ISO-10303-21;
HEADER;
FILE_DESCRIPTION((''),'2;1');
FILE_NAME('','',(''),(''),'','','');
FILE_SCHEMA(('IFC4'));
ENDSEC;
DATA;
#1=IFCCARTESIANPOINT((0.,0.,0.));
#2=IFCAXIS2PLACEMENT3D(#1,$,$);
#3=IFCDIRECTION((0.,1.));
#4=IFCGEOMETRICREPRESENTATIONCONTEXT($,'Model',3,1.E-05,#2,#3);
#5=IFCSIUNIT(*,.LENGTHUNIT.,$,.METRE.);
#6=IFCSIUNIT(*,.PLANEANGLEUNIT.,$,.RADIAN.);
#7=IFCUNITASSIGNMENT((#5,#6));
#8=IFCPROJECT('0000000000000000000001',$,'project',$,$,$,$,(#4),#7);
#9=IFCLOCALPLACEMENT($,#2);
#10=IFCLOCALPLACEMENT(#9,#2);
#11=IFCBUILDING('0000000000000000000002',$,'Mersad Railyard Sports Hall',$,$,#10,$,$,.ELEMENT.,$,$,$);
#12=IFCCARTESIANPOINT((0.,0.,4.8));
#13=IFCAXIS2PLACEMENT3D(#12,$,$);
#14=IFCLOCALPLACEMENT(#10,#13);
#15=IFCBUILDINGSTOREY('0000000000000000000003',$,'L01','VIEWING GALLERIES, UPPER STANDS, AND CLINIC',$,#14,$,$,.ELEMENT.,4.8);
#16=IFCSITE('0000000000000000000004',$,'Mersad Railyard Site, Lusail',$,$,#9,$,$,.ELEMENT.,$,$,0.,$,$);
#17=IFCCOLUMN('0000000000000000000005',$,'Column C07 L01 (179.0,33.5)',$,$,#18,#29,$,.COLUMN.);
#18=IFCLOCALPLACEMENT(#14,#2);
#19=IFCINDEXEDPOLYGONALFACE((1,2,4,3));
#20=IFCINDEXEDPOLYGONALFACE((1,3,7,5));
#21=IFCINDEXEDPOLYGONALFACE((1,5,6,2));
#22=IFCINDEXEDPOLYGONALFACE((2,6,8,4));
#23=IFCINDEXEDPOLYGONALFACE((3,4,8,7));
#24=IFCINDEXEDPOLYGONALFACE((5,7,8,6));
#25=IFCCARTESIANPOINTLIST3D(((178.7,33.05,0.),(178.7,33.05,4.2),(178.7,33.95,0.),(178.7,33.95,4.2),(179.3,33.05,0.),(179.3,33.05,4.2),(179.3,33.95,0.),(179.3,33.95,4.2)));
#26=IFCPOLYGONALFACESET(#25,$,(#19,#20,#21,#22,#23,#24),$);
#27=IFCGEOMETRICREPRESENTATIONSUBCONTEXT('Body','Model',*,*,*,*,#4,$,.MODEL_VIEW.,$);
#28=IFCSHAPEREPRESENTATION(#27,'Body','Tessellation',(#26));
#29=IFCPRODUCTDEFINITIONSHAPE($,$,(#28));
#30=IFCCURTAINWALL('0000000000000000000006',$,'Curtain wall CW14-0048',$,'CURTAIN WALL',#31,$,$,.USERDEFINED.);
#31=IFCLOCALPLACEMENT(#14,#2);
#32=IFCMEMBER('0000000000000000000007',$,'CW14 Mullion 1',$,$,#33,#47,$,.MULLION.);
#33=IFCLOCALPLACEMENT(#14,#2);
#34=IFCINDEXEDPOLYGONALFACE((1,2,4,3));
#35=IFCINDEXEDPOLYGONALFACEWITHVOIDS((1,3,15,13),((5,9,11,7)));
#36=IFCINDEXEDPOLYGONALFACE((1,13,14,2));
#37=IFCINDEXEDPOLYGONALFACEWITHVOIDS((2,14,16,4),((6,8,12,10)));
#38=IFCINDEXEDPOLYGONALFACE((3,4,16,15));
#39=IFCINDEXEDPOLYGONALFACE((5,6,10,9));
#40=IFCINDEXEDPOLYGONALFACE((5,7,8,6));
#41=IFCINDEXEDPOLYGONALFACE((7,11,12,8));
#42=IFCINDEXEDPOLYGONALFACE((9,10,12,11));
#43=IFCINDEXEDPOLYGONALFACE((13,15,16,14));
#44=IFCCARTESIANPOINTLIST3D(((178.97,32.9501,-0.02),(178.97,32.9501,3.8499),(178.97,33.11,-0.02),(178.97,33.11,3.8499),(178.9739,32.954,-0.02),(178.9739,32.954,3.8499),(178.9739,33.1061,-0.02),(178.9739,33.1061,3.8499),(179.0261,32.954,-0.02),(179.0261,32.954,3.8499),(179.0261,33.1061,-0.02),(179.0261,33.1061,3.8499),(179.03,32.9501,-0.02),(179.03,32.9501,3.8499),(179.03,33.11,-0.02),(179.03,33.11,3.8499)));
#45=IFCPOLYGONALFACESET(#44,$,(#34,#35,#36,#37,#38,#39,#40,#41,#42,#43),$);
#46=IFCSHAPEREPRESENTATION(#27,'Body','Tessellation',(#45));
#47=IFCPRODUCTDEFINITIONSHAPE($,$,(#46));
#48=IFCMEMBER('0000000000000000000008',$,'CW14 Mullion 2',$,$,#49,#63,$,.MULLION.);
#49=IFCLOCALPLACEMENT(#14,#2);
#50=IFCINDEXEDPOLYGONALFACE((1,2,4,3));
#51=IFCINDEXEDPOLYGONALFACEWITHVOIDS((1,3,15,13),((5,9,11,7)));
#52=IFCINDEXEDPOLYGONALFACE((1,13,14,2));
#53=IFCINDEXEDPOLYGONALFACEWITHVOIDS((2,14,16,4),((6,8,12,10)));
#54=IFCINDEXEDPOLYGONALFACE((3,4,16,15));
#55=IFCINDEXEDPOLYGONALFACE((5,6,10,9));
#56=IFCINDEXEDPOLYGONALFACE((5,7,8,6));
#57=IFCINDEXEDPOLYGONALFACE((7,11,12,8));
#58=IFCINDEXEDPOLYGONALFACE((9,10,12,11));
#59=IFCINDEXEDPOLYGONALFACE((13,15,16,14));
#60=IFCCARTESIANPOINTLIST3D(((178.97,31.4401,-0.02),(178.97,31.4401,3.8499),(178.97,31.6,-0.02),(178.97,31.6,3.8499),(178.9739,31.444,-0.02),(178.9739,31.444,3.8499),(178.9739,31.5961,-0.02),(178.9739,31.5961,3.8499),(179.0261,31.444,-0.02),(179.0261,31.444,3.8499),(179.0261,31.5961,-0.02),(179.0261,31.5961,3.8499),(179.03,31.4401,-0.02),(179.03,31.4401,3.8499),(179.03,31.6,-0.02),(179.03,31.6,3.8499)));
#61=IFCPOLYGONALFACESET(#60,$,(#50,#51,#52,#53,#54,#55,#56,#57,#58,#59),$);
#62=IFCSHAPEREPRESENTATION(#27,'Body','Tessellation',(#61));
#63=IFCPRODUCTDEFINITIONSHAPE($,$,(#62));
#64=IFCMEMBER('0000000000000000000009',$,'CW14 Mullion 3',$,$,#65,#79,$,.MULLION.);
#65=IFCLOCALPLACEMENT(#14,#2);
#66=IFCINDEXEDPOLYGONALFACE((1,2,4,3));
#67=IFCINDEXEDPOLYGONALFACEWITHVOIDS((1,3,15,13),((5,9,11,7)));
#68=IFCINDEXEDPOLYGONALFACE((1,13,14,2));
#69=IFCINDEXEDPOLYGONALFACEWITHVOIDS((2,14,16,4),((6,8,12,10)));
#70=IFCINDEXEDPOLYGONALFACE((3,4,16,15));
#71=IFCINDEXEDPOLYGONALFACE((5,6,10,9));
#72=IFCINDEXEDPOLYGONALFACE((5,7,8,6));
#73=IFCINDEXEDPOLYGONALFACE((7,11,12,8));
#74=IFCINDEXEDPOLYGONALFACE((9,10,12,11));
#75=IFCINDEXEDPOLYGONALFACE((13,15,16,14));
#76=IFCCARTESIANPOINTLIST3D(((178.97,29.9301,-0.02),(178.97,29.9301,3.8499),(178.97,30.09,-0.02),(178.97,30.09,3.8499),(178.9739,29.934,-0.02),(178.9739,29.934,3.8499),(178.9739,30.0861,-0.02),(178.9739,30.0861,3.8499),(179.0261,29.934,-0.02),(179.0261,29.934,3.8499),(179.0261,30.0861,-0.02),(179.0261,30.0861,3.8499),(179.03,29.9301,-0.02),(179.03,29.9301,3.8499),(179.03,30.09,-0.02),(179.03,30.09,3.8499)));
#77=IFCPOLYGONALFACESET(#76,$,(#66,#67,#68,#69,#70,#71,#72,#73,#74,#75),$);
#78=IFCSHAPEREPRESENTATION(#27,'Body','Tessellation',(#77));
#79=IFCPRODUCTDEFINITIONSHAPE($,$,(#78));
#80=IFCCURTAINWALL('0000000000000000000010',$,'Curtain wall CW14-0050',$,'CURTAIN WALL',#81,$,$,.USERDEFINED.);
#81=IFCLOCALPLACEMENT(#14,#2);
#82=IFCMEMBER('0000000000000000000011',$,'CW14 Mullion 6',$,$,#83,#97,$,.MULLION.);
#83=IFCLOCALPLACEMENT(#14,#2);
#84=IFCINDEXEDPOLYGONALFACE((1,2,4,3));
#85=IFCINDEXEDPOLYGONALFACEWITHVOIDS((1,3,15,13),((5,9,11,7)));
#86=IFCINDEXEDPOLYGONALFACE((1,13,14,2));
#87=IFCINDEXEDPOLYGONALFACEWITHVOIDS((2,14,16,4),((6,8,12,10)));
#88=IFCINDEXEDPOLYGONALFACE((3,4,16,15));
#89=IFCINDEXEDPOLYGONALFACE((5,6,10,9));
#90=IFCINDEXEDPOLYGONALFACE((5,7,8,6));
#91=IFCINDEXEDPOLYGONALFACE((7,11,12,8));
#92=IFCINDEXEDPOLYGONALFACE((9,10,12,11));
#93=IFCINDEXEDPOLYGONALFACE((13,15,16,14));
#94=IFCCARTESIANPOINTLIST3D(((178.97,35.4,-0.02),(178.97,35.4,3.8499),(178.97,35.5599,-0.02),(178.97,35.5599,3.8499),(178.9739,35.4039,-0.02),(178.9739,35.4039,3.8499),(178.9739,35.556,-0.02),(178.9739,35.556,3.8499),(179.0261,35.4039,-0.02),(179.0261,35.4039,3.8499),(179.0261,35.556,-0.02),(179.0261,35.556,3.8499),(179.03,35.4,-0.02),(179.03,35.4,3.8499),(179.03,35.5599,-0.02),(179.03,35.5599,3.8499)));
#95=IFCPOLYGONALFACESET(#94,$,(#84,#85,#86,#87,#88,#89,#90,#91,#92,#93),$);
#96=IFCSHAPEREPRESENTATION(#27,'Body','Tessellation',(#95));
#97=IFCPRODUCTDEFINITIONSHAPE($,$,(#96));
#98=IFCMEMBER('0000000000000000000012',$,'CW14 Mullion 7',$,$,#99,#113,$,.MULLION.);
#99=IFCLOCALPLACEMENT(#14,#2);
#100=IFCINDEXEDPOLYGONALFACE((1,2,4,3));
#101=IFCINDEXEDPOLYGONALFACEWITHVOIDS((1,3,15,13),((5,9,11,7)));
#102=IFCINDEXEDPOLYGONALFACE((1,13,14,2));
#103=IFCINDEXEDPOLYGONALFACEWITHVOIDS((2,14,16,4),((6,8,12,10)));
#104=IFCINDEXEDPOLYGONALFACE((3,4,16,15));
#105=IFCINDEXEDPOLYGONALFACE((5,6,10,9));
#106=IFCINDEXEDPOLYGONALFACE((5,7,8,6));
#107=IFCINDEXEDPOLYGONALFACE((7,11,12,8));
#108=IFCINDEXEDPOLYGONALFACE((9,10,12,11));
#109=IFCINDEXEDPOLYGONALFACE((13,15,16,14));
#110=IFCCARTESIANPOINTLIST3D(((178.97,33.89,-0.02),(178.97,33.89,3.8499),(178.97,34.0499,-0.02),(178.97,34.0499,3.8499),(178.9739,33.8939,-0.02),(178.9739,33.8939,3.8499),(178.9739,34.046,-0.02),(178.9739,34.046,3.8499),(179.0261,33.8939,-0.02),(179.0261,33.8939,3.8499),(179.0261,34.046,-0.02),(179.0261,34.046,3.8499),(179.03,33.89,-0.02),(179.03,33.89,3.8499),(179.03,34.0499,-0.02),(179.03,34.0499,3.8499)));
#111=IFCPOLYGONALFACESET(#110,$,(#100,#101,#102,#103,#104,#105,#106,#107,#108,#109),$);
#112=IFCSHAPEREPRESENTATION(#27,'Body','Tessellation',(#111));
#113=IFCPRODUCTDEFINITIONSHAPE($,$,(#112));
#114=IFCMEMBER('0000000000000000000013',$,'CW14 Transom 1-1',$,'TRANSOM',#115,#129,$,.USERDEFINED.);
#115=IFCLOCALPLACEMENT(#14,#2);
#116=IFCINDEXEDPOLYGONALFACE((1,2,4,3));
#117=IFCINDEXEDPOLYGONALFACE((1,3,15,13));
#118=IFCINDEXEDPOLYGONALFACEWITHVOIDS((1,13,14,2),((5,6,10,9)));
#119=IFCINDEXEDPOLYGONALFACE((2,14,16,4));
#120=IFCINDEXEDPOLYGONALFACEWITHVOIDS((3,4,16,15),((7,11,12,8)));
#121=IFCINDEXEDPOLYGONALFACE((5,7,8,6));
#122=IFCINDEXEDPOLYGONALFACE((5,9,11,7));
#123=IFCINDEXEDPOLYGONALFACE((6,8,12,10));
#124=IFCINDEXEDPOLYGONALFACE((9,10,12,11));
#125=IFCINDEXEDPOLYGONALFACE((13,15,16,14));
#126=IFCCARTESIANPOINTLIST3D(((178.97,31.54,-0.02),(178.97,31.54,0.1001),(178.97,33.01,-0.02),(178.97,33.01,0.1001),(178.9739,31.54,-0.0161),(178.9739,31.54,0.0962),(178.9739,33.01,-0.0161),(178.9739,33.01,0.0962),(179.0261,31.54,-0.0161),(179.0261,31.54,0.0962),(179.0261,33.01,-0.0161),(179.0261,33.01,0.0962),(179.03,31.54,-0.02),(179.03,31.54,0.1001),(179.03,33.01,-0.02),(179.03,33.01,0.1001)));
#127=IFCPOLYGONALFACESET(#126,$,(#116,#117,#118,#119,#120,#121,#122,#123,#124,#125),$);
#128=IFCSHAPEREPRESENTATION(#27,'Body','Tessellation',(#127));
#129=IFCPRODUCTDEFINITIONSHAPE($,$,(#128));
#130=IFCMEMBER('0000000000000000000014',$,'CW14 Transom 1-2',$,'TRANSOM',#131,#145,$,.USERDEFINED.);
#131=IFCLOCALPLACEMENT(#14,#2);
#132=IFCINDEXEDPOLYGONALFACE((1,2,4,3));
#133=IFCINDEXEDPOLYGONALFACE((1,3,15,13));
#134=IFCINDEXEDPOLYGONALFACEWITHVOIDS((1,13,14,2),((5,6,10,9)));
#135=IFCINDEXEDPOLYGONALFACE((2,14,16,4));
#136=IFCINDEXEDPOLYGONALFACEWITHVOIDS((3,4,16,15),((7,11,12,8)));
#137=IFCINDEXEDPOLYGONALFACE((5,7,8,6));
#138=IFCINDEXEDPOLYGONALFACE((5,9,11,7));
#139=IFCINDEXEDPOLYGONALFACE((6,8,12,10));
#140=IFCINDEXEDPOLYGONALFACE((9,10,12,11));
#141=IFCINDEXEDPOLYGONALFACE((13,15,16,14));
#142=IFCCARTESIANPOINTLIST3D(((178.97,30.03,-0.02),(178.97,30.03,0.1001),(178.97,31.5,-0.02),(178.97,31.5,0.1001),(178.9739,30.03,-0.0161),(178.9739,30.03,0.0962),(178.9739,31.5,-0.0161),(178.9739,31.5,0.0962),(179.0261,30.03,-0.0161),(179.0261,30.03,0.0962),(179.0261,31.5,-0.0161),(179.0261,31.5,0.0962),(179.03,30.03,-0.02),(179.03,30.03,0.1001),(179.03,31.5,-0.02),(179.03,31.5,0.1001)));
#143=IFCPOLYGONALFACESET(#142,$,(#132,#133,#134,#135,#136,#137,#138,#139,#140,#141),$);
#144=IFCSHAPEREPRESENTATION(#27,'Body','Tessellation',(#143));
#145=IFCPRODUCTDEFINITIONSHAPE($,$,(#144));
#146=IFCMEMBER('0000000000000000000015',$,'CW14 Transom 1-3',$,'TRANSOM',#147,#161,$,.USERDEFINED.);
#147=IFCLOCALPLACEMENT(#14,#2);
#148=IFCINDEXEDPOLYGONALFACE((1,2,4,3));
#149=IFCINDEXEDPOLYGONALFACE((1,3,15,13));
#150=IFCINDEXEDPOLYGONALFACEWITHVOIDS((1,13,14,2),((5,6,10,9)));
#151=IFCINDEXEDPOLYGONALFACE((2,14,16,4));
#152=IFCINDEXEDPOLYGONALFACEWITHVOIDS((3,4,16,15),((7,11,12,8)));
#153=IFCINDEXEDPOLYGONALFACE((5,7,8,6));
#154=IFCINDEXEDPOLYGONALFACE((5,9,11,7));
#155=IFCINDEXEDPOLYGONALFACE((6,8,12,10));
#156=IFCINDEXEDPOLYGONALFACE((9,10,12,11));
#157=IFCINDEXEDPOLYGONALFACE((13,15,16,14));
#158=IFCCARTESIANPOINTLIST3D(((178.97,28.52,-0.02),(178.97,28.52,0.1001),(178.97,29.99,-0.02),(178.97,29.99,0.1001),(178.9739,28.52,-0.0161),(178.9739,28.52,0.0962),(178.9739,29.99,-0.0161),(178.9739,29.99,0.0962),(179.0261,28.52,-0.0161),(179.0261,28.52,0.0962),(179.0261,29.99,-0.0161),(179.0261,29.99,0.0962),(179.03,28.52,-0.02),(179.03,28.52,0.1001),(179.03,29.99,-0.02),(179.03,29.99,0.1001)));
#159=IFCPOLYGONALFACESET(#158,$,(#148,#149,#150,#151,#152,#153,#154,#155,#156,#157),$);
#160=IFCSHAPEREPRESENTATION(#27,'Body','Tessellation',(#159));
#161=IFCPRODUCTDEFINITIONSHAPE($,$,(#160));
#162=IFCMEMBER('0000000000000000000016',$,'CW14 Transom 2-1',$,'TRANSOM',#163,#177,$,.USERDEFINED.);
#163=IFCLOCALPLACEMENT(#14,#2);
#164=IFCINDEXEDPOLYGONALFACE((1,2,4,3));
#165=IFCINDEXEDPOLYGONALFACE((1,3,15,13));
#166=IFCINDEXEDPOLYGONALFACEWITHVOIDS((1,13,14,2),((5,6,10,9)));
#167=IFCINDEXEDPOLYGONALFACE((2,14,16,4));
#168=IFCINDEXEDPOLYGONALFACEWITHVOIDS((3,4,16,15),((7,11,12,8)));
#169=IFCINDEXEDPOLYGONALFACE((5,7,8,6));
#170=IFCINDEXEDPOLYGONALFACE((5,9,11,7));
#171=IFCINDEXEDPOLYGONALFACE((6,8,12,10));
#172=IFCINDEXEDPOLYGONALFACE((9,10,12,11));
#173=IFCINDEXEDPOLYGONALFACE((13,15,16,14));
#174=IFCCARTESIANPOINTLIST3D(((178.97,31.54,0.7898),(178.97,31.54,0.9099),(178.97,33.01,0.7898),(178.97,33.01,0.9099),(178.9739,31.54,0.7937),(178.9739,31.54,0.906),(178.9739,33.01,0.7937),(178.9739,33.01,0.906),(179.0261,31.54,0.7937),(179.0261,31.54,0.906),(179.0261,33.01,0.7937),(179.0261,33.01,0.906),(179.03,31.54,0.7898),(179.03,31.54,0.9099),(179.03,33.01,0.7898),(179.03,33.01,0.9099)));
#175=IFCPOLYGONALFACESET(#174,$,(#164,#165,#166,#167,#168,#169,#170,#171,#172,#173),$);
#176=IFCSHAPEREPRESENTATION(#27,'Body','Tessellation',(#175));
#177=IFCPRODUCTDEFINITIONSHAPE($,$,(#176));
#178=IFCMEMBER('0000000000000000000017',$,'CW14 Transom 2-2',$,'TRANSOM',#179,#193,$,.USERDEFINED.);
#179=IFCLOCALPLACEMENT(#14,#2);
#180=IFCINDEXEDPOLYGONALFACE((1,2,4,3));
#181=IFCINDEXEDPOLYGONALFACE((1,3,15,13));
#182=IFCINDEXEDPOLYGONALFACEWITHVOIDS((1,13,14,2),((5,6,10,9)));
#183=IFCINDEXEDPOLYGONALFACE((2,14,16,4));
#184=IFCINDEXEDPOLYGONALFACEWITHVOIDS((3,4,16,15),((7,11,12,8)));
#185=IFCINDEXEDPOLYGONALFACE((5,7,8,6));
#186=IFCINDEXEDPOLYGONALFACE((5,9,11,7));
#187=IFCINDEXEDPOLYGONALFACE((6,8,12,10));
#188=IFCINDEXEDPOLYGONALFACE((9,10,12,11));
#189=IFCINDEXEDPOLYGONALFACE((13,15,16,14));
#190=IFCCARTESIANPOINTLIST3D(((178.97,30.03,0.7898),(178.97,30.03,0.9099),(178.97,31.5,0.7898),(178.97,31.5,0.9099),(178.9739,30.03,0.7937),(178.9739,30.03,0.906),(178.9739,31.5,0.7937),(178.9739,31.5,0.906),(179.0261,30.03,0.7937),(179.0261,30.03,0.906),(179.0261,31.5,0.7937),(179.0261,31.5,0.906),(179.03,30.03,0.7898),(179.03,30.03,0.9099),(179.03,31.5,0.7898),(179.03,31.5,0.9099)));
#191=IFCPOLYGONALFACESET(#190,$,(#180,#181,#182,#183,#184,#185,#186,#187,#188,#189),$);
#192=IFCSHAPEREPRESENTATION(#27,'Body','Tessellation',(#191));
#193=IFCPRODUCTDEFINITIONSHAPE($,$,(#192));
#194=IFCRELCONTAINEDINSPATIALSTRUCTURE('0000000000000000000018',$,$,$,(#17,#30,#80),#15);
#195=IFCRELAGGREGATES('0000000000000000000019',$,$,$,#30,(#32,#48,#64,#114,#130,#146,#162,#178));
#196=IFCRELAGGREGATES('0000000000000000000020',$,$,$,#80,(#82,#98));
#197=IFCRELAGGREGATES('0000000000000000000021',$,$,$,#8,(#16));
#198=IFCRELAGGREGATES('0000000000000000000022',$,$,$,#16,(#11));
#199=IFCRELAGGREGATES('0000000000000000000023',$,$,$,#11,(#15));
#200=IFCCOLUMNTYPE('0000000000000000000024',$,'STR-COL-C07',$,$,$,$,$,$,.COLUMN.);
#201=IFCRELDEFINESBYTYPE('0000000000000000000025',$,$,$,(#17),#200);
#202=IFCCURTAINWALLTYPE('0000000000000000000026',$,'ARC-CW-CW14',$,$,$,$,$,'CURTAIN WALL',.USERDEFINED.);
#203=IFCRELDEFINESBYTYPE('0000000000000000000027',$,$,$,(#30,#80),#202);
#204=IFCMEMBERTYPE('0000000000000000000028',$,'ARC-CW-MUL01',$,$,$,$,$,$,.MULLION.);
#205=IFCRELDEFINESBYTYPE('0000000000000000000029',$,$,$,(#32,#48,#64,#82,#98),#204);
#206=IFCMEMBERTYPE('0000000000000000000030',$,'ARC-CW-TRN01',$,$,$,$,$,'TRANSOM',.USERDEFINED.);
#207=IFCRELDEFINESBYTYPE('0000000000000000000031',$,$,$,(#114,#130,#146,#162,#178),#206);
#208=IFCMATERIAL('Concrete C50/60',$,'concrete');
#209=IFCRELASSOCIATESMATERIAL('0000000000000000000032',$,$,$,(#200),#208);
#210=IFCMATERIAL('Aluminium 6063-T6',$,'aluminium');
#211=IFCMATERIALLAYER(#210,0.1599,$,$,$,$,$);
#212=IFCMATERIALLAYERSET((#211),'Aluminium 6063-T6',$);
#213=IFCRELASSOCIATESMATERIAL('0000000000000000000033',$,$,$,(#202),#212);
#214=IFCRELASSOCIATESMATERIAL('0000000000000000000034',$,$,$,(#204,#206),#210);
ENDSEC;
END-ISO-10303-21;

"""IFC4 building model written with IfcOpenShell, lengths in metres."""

from ifc_helpers import new_model, si_unit, direction, frame, origin, origin_2d, place, context, subcontext, project, spatial, rectangle, hollow_rectangle, extrude, material, layer, layer_set, material_profile, profile_set, type_object, element, aggregate, save


model = new_model("IFC4")

# Units and contexts
model_context = context("Model", 3, precision=1e-05, world=origin(), true_north=direction((0.0, 1.0)))
body_context = subcontext(model_context, "Body", "Model", "MODEL_VIEW")
ifc_project = project(units=[si_unit("LENGTHUNIT", "METRE"), si_unit("PLANEANGLEUNIT", "RADIAN")], contexts=[model_context])

# Site, building, storey
site_placement = place(None, origin())
site = spatial("IfcSite", under=ifc_project, at=site_placement, Name="Mersad Railyard Site, Lusail", CompositionType="ELEMENT", RefElevation=0.0)
building_placement = place(site_placement, origin())
building = spatial("IfcBuilding", under=site, at=building_placement, Name="Mersad Railyard Sports Hall", CompositionType="ELEMENT")
storey_placement = place(building_placement, frame((0.0, 0.0, 4.8)))
storey = spatial("IfcBuildingStorey", under=building, at=storey_placement, Name="L01", Description="VIEWING GALLERIES, UPPER STANDS, AND CLINIC", CompositionType="ELEMENT", Elevation=4.8)

# Column
ifc_material_1 = material(Name="Concrete C50/60", Category="concrete")
ifc_material_profile_1 = material_profile(ifc_material_1, rectangle(XDim=0.6001, YDim=0.8999, at=origin_2d()), Name="RC 600x900")
ifc_profile_set_1 = profile_set([ifc_material_profile_1], Name="Concrete C50/60")
column_type = type_object("IfcColumnType", Name="STR-COL-C07", PredefinedType="COLUMN", material=ifc_profile_set_1)
column_placement = place(storey_placement, frame((179.0, 33.5, 0.0), z_axis=(0.0, 0.0, 1.0), x_axis=(1.0, 0.0, 0.0)))
element("IfcColumn", 1, at=column_placement, inside=storey, type_object=column_type, Name="Column C07 L01 (179.0,33.5)", PredefinedType="COLUMN", context=body_context, shape_type="SweptSolid", body=[
    extrude(rectangle(XDim=0.6001, YDim=0.8999, at=origin_2d()), origin(), (0.0, 0.0, 1.0), 4.2),
])

# Curtain walls, members
ifc_material_2 = material(Name="Aluminium 6063-T6", Category="aluminium")
ifc_layer_1 = layer(ifc_material_2, 0.1599)
ifc_layer_set_1 = layer_set([ifc_layer_1], Name="Aluminium 6063-T6")
curtain_wall_type = type_object("IfcCurtainWallType", Name="ARC-CW-CW14", ElementType="CURTAIN WALL", PredefinedType="USERDEFINED", material=ifc_layer_set_1)
curtain_wall_1_placement = place(storey_placement, origin())
curtain_wall_1 = element("IfcCurtainWall", 2, at=curtain_wall_1_placement, inside=storey, type_object=curtain_wall_type, Name="Curtain wall CW14-0048", ObjectType="CURTAIN WALL", PredefinedType="USERDEFINED")
ifc_material_profile_2 = material_profile(ifc_material_2, hollow_rectangle(XDim=0.0601, YDim=0.1599, WallThickness=0.0039, at=origin_2d()), Name="AL MULLION 60x160x4")
ifc_profile_set_2 = profile_set([ifc_material_profile_2], Name="Aluminium 6063-T6")
member_type_1 = type_object("IfcMemberType", Name="ARC-CW-MUL01", PredefinedType="MULLION", material=ifc_profile_set_2)
member_1_placement = place(storey_placement, frame((179.0, 33.03, -0.02), z_axis=(0.0, 0.0, 1.0), x_axis=(1.0, 0.0, 0.0)))
member_1 = element("IfcMember", 3, at=member_1_placement, type_object=member_type_1, Name="CW14 Mullion 1", PredefinedType="MULLION", context=body_context, shape_type="SweptSolid", body=[
    extrude(hollow_rectangle(XDim=0.0601, YDim=0.1599, WallThickness=0.0039, at=origin_2d()), origin(), (0.0, 0.0, 1.0), 3.8699),
])
member_2_placement = place(storey_placement, frame((179.0, 31.52, -0.02), z_axis=(0.0, 0.0, 1.0), x_axis=(1.0, 0.0, 0.0)))
member_2 = element("IfcMember", 4, at=member_2_placement, type_object=member_type_1, Name="CW14 Mullion 2", PredefinedType="MULLION", context=body_context, shape_type="SweptSolid", body=[
    extrude(hollow_rectangle(XDim=0.0601, YDim=0.1599, WallThickness=0.0039, at=origin_2d()), origin(), (0.0, 0.0, 1.0), 3.8699),
])
member_3_placement = place(storey_placement, frame((179.0, 30.01, -0.02), z_axis=(0.0, 0.0, 1.0), x_axis=(1.0, 0.0, 0.0)))
member_3 = element("IfcMember", 5, at=member_3_placement, type_object=member_type_1, Name="CW14 Mullion 3", PredefinedType="MULLION", context=body_context, shape_type="SweptSolid", body=[
    extrude(hollow_rectangle(XDim=0.0601, YDim=0.1599, WallThickness=0.0039, at=origin_2d()), origin(), (0.0, 0.0, 1.0), 3.8699),
])
curtain_wall_2_placement = place(storey_placement, origin())
curtain_wall_2 = element("IfcCurtainWall", 6, at=curtain_wall_2_placement, inside=storey, type_object=curtain_wall_type, Name="Curtain wall CW14-0050", ObjectType="CURTAIN WALL", PredefinedType="USERDEFINED")
member_4_placement = place(storey_placement, frame((179.0, 35.48, -0.02), z_axis=(0.0, 0.0, 1.0), x_axis=(1.0, 0.0, 0.0)))
member_4 = element("IfcMember", 7, at=member_4_placement, type_object=member_type_1, Name="CW14 Mullion 6", PredefinedType="MULLION", context=body_context, shape_type="SweptSolid", body=[
    extrude(hollow_rectangle(XDim=0.0601, YDim=0.1599, WallThickness=0.0039, at=origin_2d()), origin(), (0.0, 0.0, 1.0), 3.8699),
])
member_5_placement = place(storey_placement, frame((179.0, 33.97, -0.02), z_axis=(0.0, 0.0, 1.0), x_axis=(1.0, 0.0, 0.0)))
member_5 = element("IfcMember", 8, at=member_5_placement, type_object=member_type_1, Name="CW14 Mullion 7", PredefinedType="MULLION", context=body_context, shape_type="SweptSolid", body=[
    extrude(hollow_rectangle(XDim=0.0601, YDim=0.1599, WallThickness=0.0039, at=origin_2d()), origin(), (0.0, 0.0, 1.0), 3.8699),
])

# Members
ifc_material_profile_3 = material_profile(ifc_material_2, hollow_rectangle(XDim=0.0601, YDim=0.1201, WallThickness=0.0039, at=origin_2d()), Name="AL TRANSOM 60x120x4")
ifc_profile_set_3 = profile_set([ifc_material_profile_3], Name="Aluminium 6063-T6")
member_type_2 = type_object("IfcMemberType", Name="ARC-CW-TRN01", ElementType="TRANSOM", PredefinedType="USERDEFINED", material=ifc_profile_set_3)
member_6_placement = place(storey_placement, frame((179.0, 33.01, 0.04), z_axis=(0.0, -1.0, 0.0), x_axis=(1.0, 0.0, 0.0)))
member_6 = element("IfcMember", 9, at=member_6_placement, type_object=member_type_2, Name="CW14 Transom 1-1", ObjectType="TRANSOM", PredefinedType="USERDEFINED", context=body_context, shape_type="SweptSolid", body=[
    extrude(hollow_rectangle(XDim=0.0601, YDim=0.1201, WallThickness=0.0039, at=origin_2d()), origin(), (0.0, 0.0, 1.0), 1.47),
])
member_7_placement = place(storey_placement, frame((179.0, 31.5, 0.04), z_axis=(0.0, -1.0, 0.0), x_axis=(1.0, 0.0, 0.0)))
member_7 = element("IfcMember", 10, at=member_7_placement, type_object=member_type_2, Name="CW14 Transom 1-2", ObjectType="TRANSOM", PredefinedType="USERDEFINED", context=body_context, shape_type="SweptSolid", body=[
    extrude(hollow_rectangle(XDim=0.0601, YDim=0.1201, WallThickness=0.0039, at=origin_2d()), origin(), (0.0, 0.0, 1.0), 1.47),
])
member_8_placement = place(storey_placement, frame((179.0, 29.99, 0.04), z_axis=(0.0, -1.0, 0.0), x_axis=(1.0, 0.0, 0.0)))
member_8 = element("IfcMember", 11, at=member_8_placement, type_object=member_type_2, Name="CW14 Transom 1-3", ObjectType="TRANSOM", PredefinedType="USERDEFINED", context=body_context, shape_type="SweptSolid", body=[
    extrude(hollow_rectangle(XDim=0.0601, YDim=0.1201, WallThickness=0.0039, at=origin_2d()), origin(), (0.0, 0.0, 1.0), 1.47),
])
member_9_placement = place(storey_placement, frame((179.0, 33.01, 0.8499), z_axis=(0.0, -1.0, 0.0), x_axis=(1.0, 0.0, 0.0)))
member_9 = element("IfcMember", 12, at=member_9_placement, type_object=member_type_2, Name="CW14 Transom 2-1", ObjectType="TRANSOM", PredefinedType="USERDEFINED", context=body_context, shape_type="SweptSolid", body=[
    extrude(hollow_rectangle(XDim=0.0601, YDim=0.1201, WallThickness=0.0039, at=origin_2d()), origin(), (0.0, 0.0, 1.0), 1.47),
])
member_10_placement = place(storey_placement, frame((179.0, 31.5, 0.8499), z_axis=(0.0, -1.0, 0.0), x_axis=(1.0, 0.0, 0.0)))
member_10 = element("IfcMember", 13, at=member_10_placement, type_object=member_type_2, Name="CW14 Transom 2-2", ObjectType="TRANSOM", PredefinedType="USERDEFINED", context=body_context, shape_type="SweptSolid", body=[
    extrude(hollow_rectangle(XDim=0.0601, YDim=0.1201, WallThickness=0.0039, at=origin_2d()), origin(), (0.0, 0.0, 1.0), 1.47),
])

aggregate(curtain_wall_1, [member_1, member_2, member_3, member_6, member_7, member_8, member_9, member_10])
aggregate(curtain_wall_2, [member_4, member_5])

save(model, "model.ifc")
